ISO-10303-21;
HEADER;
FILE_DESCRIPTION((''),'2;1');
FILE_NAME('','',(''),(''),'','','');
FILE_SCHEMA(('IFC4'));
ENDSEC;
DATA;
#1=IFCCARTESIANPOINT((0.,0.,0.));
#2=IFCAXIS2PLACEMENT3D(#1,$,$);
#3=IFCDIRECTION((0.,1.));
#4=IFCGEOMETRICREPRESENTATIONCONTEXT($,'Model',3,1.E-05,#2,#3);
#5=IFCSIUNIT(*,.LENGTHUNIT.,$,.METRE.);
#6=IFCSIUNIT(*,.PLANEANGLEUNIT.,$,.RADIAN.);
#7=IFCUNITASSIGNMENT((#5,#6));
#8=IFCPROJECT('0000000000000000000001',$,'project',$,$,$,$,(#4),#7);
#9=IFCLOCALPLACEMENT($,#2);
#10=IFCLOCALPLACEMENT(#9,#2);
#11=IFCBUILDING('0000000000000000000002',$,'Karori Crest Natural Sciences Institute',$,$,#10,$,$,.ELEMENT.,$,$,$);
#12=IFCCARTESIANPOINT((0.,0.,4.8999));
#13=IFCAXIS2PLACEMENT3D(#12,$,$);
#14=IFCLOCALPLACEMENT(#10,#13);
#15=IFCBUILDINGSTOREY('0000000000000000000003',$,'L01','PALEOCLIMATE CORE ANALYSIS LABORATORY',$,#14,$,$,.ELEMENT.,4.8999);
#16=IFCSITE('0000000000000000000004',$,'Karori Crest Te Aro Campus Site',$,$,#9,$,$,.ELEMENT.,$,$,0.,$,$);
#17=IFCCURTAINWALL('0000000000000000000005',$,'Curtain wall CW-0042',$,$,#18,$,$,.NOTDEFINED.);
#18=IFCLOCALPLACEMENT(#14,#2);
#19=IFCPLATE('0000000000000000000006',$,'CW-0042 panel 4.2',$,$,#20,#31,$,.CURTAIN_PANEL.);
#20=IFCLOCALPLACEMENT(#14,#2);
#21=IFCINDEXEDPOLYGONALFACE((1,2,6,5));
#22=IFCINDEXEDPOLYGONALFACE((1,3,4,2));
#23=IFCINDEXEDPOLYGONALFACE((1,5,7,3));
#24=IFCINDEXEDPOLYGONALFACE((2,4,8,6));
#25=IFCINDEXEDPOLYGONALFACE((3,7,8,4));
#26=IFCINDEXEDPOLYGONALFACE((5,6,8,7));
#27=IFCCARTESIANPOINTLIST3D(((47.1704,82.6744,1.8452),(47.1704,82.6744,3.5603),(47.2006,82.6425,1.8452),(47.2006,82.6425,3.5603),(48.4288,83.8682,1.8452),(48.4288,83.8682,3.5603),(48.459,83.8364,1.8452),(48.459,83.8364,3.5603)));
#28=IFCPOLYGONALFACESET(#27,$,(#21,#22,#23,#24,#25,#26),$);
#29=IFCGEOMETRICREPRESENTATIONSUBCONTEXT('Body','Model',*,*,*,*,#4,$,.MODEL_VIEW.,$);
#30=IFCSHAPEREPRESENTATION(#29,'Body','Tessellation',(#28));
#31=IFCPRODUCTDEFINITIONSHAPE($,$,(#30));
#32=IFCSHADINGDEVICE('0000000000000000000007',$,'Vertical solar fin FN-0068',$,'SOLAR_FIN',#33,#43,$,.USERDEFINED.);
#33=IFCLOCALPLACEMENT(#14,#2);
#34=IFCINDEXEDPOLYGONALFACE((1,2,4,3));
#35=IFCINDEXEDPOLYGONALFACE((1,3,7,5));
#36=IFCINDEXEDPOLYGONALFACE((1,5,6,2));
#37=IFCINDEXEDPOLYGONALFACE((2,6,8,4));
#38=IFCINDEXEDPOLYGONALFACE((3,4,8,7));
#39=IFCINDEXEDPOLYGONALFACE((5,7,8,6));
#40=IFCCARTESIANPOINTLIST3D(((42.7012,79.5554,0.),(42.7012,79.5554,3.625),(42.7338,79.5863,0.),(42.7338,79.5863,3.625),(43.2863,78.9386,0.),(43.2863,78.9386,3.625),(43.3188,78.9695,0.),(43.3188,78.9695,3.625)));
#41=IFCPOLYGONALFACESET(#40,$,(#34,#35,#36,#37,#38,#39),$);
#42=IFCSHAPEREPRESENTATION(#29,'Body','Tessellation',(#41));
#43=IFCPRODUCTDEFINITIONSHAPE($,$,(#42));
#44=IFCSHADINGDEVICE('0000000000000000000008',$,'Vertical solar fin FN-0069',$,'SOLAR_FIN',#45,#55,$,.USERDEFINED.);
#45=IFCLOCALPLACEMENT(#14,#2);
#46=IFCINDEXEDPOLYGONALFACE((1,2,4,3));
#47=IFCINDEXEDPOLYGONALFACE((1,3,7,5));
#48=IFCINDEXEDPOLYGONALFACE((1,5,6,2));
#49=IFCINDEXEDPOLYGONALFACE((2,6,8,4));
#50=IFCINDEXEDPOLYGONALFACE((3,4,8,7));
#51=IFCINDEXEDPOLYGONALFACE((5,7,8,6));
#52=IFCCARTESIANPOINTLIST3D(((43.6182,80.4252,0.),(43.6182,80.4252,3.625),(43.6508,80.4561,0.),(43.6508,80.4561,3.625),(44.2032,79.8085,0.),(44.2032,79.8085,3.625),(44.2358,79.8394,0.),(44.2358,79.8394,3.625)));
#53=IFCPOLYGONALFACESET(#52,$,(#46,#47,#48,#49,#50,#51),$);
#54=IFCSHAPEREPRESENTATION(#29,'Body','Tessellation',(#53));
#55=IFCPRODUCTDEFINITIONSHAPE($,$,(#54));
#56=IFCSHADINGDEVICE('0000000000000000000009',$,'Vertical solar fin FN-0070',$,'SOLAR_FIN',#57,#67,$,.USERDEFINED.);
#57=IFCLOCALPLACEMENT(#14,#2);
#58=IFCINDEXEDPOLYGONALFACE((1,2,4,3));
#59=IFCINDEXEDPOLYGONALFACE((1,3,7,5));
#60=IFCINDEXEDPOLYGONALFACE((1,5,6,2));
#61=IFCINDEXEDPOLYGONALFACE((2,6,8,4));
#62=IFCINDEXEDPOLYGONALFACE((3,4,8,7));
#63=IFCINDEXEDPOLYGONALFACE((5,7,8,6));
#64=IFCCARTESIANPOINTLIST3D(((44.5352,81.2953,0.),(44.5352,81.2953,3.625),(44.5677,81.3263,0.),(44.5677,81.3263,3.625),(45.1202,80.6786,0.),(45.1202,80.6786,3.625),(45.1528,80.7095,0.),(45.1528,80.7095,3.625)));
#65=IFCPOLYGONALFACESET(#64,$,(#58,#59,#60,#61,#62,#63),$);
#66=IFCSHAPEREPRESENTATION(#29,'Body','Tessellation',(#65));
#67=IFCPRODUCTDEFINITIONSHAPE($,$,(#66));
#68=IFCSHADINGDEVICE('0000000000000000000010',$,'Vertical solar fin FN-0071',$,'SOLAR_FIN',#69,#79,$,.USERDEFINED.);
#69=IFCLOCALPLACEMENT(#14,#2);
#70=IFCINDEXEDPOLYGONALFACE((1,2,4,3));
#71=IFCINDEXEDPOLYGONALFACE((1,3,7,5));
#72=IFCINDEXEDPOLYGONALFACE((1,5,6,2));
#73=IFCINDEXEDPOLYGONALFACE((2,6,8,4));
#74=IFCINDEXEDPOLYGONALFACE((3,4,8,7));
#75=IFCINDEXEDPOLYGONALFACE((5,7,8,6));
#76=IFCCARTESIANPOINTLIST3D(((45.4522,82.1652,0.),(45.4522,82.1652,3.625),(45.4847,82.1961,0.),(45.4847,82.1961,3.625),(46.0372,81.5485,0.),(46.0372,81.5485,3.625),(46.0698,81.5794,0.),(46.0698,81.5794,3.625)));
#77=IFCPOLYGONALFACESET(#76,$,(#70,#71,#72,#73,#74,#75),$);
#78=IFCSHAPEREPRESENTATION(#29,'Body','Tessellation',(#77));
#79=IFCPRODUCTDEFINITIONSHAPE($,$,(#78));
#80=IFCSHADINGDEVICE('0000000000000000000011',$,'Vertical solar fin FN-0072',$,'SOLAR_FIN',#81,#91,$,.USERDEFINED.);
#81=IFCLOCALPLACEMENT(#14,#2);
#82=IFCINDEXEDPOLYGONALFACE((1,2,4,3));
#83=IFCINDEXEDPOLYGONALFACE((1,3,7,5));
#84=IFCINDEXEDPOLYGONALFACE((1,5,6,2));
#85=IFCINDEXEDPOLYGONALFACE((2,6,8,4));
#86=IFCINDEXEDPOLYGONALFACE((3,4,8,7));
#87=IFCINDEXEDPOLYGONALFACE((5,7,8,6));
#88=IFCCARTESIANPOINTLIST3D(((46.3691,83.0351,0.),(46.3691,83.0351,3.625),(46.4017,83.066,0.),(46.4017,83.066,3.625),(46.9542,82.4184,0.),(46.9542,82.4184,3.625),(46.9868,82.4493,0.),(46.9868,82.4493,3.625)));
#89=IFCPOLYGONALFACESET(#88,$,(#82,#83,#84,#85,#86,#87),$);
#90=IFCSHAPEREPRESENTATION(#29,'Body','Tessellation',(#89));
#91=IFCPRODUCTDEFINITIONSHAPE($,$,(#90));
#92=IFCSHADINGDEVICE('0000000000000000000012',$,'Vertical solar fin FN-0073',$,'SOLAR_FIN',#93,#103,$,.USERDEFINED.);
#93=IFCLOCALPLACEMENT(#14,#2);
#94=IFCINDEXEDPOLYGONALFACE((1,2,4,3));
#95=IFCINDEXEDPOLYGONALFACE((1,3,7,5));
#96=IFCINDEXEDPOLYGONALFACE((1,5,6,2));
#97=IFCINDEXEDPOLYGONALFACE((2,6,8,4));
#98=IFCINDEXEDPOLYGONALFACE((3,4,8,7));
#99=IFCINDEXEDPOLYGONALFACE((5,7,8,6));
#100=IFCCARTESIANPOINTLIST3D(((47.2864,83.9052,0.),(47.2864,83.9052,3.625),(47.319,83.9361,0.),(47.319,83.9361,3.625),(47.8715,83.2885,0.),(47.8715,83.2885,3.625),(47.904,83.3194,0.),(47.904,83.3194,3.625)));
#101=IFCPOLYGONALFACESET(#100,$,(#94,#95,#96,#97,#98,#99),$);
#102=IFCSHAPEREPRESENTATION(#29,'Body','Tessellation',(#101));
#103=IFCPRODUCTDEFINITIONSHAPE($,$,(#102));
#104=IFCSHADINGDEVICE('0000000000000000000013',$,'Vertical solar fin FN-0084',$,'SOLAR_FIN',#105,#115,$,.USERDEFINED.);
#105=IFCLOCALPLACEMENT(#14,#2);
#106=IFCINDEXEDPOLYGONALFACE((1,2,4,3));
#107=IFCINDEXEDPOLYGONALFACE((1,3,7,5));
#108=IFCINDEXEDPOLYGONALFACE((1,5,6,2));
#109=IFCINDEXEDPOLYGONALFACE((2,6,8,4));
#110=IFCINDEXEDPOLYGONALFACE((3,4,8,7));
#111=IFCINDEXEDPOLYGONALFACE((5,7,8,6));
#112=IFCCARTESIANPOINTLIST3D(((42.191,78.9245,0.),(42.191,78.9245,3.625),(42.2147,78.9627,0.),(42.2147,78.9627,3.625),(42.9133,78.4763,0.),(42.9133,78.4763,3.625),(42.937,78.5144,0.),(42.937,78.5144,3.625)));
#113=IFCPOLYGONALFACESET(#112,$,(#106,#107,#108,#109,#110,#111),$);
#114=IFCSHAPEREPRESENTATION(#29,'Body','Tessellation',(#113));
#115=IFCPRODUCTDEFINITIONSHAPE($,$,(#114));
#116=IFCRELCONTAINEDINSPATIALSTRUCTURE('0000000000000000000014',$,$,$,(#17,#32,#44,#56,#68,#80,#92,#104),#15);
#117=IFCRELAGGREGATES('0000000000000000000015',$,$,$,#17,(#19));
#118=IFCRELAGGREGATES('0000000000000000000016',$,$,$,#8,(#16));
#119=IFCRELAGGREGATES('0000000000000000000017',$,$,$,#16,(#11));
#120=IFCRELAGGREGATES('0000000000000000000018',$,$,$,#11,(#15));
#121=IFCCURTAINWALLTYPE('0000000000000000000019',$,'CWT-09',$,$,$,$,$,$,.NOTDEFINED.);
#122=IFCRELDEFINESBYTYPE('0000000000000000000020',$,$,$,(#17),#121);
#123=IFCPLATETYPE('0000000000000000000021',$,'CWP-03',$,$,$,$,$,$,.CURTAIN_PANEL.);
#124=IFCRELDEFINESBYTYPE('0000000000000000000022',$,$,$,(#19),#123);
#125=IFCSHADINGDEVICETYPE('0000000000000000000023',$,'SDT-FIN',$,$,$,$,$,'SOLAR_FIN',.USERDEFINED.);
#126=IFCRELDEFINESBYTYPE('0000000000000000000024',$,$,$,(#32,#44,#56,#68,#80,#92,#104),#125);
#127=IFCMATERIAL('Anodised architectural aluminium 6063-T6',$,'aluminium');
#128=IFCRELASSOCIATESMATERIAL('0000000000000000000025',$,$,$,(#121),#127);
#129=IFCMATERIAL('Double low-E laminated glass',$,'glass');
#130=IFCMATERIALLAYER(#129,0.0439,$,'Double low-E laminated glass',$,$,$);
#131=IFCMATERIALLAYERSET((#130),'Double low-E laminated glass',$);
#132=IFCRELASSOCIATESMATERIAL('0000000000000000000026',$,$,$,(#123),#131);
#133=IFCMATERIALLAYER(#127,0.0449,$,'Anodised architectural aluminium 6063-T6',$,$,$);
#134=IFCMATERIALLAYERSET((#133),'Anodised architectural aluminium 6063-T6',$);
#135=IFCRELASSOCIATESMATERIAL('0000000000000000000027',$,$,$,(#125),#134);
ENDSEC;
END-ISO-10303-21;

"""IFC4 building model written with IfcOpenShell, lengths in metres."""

from ifc_helpers import new_model, si_unit, direction, frame, origin, origin_2d, place, context, subcontext, project, spatial, rectangle, extrude, material, layer, layer_set, type_object, element, aggregate, save


model = new_model("IFC4")

# Units and contexts
model_context = context("Model", 3, precision=1e-05, world=origin(), true_north=direction((0.0, 1.0)))
body_context = subcontext(model_context, "Body", "Model", "MODEL_VIEW")
ifc_project = project(units=[si_unit("LENGTHUNIT", "METRE"), si_unit("PLANEANGLEUNIT", "RADIAN")], contexts=[model_context])

# Site, building, storey
site_placement = place(None, origin())
site = spatial("IfcSite", under=ifc_project, at=site_placement, Name="Karori Crest Te Aro Campus Site", CompositionType="ELEMENT", RefElevation=0.0)
building_placement = place(site_placement, origin())
building = spatial("IfcBuilding", under=site, at=building_placement, Name="Karori Crest Natural Sciences Institute", CompositionType="ELEMENT")
storey_placement = place(building_placement, frame((0.0, 0.0, 4.8999)))
storey = spatial("IfcBuildingStorey", under=building, at=storey_placement, Name="L01", Description="PALEOCLIMATE CORE ANALYSIS LABORATORY", CompositionType="ELEMENT", Elevation=4.8999)

# Curtain wall
ifc_material_1 = material(Name="Anodised architectural aluminium 6063-T6", Category="aluminium")
curtain_wall_type_1 = type_object("IfcCurtainWallType", Name="CWT-09", PredefinedType="NOTDEFINED", material=ifc_material_1)
curtain_wall_1_placement = place(storey_placement, origin())
curtain_wall_1 = element("IfcCurtainWall", 1, at=curtain_wall_1_placement, inside=storey, type_object=curtain_wall_type_1, Name="Curtain wall CW-0042", PredefinedType="NOTDEFINED")

# Plate
ifc_material_2 = material(Name="Double low-E laminated glass", Category="glass")
ifc_layer_1 = layer(ifc_material_2, 0.0439, Name="Double low-E laminated glass")
ifc_layer_set_1 = layer_set([ifc_layer_1], Name="Double low-E laminated glass")
plate_type_1 = type_object("IfcPlateType", Name="CWP-03", PredefinedType="CURTAIN_PANEL", material=ifc_layer_set_1)
plate_1_placement = place(storey_placement, frame((47.8147, 83.2554, 1.8452), z_axis=(0.0, 0.0, 1.0), x_axis=(0.725473, 0.688251, 0.0)))
plate_1 = element("IfcPlate", 2, at=plate_1_placement, type_object=plate_type_1, Name="CW-0042 panel 4.2", PredefinedType="CURTAIN_PANEL", context=body_context, shape_type="SweptSolid", body=[
    extrude(rectangle(XDim=1.7346, YDim=0.0439, at=origin_2d()), origin(), (0.0, 0.0, 1.0), 1.7151),
])
aggregate(curtain_wall_1, [plate_1])

# Shading devices
ifc_layer_2 = layer(ifc_material_1, 0.0449, Name="Anodised architectural aluminium 6063-T6")
ifc_layer_set_2 = layer_set([ifc_layer_2], Name="Anodised architectural aluminium 6063-T6")
shading_device_type = type_object("IfcShadingDeviceType", Name="SDT-FIN", ElementType="SOLAR_FIN", PredefinedType="USERDEFINED", material=ifc_layer_set_2)
for number, where, z_axis, x_axis, name in (
    (3, (43.01, 79.2625, 0.0), (0.0, 0.0, 1.0), (-0.688251, 0.725473, 0.0), "Vertical solar fin FN-0068"),
    (4, (43.927, 80.1323, 0.0), (0.0, 0.0, 1.0), (-0.688251, 0.725473, 0.0), "Vertical solar fin FN-0069"),
    (5, (44.844, 81.0024, 0.0), (0.0, 0.0, 1.0), (-0.688251, 0.725473, 0.0), "Vertical solar fin FN-0070"),
    (6, (45.761, 81.8723, 0.0), (0.0, 0.0, 1.0), (-0.688251, 0.725473, 0.0), "Vertical solar fin FN-0071"),
    (7, (46.678, 82.7422, 0.0), (0.0, 0.0, 1.0), (-0.688251, 0.725473, 0.0), "Vertical solar fin FN-0072"),
    (8, (47.5952, 83.6123, 0.0), (0.0, 0.0, 1.0), (-0.688251, 0.725473, 0.0), "Vertical solar fin FN-0073"),
    (9, (42.564, 78.7195, 0.0), (0.0, 0.0, 1.0), (-0.849662, 0.527328, 0.0), "Vertical solar fin FN-0084"),
):
    element("IfcShadingDevice", number, at=place(storey_placement, frame(where, z_axis=z_axis, x_axis=x_axis)), inside=storey, type_object=shading_device_type, Name=name, ObjectType="SOLAR_FIN", PredefinedType="USERDEFINED", context=body_context, shape_type="SweptSolid", body=[
        extrude(rectangle(XDim=0.8501, YDim=0.0449, at=origin_2d()), origin(), (0.0, 0.0, 1.0), 3.625),
    ])

save(model, "model.ifc")
